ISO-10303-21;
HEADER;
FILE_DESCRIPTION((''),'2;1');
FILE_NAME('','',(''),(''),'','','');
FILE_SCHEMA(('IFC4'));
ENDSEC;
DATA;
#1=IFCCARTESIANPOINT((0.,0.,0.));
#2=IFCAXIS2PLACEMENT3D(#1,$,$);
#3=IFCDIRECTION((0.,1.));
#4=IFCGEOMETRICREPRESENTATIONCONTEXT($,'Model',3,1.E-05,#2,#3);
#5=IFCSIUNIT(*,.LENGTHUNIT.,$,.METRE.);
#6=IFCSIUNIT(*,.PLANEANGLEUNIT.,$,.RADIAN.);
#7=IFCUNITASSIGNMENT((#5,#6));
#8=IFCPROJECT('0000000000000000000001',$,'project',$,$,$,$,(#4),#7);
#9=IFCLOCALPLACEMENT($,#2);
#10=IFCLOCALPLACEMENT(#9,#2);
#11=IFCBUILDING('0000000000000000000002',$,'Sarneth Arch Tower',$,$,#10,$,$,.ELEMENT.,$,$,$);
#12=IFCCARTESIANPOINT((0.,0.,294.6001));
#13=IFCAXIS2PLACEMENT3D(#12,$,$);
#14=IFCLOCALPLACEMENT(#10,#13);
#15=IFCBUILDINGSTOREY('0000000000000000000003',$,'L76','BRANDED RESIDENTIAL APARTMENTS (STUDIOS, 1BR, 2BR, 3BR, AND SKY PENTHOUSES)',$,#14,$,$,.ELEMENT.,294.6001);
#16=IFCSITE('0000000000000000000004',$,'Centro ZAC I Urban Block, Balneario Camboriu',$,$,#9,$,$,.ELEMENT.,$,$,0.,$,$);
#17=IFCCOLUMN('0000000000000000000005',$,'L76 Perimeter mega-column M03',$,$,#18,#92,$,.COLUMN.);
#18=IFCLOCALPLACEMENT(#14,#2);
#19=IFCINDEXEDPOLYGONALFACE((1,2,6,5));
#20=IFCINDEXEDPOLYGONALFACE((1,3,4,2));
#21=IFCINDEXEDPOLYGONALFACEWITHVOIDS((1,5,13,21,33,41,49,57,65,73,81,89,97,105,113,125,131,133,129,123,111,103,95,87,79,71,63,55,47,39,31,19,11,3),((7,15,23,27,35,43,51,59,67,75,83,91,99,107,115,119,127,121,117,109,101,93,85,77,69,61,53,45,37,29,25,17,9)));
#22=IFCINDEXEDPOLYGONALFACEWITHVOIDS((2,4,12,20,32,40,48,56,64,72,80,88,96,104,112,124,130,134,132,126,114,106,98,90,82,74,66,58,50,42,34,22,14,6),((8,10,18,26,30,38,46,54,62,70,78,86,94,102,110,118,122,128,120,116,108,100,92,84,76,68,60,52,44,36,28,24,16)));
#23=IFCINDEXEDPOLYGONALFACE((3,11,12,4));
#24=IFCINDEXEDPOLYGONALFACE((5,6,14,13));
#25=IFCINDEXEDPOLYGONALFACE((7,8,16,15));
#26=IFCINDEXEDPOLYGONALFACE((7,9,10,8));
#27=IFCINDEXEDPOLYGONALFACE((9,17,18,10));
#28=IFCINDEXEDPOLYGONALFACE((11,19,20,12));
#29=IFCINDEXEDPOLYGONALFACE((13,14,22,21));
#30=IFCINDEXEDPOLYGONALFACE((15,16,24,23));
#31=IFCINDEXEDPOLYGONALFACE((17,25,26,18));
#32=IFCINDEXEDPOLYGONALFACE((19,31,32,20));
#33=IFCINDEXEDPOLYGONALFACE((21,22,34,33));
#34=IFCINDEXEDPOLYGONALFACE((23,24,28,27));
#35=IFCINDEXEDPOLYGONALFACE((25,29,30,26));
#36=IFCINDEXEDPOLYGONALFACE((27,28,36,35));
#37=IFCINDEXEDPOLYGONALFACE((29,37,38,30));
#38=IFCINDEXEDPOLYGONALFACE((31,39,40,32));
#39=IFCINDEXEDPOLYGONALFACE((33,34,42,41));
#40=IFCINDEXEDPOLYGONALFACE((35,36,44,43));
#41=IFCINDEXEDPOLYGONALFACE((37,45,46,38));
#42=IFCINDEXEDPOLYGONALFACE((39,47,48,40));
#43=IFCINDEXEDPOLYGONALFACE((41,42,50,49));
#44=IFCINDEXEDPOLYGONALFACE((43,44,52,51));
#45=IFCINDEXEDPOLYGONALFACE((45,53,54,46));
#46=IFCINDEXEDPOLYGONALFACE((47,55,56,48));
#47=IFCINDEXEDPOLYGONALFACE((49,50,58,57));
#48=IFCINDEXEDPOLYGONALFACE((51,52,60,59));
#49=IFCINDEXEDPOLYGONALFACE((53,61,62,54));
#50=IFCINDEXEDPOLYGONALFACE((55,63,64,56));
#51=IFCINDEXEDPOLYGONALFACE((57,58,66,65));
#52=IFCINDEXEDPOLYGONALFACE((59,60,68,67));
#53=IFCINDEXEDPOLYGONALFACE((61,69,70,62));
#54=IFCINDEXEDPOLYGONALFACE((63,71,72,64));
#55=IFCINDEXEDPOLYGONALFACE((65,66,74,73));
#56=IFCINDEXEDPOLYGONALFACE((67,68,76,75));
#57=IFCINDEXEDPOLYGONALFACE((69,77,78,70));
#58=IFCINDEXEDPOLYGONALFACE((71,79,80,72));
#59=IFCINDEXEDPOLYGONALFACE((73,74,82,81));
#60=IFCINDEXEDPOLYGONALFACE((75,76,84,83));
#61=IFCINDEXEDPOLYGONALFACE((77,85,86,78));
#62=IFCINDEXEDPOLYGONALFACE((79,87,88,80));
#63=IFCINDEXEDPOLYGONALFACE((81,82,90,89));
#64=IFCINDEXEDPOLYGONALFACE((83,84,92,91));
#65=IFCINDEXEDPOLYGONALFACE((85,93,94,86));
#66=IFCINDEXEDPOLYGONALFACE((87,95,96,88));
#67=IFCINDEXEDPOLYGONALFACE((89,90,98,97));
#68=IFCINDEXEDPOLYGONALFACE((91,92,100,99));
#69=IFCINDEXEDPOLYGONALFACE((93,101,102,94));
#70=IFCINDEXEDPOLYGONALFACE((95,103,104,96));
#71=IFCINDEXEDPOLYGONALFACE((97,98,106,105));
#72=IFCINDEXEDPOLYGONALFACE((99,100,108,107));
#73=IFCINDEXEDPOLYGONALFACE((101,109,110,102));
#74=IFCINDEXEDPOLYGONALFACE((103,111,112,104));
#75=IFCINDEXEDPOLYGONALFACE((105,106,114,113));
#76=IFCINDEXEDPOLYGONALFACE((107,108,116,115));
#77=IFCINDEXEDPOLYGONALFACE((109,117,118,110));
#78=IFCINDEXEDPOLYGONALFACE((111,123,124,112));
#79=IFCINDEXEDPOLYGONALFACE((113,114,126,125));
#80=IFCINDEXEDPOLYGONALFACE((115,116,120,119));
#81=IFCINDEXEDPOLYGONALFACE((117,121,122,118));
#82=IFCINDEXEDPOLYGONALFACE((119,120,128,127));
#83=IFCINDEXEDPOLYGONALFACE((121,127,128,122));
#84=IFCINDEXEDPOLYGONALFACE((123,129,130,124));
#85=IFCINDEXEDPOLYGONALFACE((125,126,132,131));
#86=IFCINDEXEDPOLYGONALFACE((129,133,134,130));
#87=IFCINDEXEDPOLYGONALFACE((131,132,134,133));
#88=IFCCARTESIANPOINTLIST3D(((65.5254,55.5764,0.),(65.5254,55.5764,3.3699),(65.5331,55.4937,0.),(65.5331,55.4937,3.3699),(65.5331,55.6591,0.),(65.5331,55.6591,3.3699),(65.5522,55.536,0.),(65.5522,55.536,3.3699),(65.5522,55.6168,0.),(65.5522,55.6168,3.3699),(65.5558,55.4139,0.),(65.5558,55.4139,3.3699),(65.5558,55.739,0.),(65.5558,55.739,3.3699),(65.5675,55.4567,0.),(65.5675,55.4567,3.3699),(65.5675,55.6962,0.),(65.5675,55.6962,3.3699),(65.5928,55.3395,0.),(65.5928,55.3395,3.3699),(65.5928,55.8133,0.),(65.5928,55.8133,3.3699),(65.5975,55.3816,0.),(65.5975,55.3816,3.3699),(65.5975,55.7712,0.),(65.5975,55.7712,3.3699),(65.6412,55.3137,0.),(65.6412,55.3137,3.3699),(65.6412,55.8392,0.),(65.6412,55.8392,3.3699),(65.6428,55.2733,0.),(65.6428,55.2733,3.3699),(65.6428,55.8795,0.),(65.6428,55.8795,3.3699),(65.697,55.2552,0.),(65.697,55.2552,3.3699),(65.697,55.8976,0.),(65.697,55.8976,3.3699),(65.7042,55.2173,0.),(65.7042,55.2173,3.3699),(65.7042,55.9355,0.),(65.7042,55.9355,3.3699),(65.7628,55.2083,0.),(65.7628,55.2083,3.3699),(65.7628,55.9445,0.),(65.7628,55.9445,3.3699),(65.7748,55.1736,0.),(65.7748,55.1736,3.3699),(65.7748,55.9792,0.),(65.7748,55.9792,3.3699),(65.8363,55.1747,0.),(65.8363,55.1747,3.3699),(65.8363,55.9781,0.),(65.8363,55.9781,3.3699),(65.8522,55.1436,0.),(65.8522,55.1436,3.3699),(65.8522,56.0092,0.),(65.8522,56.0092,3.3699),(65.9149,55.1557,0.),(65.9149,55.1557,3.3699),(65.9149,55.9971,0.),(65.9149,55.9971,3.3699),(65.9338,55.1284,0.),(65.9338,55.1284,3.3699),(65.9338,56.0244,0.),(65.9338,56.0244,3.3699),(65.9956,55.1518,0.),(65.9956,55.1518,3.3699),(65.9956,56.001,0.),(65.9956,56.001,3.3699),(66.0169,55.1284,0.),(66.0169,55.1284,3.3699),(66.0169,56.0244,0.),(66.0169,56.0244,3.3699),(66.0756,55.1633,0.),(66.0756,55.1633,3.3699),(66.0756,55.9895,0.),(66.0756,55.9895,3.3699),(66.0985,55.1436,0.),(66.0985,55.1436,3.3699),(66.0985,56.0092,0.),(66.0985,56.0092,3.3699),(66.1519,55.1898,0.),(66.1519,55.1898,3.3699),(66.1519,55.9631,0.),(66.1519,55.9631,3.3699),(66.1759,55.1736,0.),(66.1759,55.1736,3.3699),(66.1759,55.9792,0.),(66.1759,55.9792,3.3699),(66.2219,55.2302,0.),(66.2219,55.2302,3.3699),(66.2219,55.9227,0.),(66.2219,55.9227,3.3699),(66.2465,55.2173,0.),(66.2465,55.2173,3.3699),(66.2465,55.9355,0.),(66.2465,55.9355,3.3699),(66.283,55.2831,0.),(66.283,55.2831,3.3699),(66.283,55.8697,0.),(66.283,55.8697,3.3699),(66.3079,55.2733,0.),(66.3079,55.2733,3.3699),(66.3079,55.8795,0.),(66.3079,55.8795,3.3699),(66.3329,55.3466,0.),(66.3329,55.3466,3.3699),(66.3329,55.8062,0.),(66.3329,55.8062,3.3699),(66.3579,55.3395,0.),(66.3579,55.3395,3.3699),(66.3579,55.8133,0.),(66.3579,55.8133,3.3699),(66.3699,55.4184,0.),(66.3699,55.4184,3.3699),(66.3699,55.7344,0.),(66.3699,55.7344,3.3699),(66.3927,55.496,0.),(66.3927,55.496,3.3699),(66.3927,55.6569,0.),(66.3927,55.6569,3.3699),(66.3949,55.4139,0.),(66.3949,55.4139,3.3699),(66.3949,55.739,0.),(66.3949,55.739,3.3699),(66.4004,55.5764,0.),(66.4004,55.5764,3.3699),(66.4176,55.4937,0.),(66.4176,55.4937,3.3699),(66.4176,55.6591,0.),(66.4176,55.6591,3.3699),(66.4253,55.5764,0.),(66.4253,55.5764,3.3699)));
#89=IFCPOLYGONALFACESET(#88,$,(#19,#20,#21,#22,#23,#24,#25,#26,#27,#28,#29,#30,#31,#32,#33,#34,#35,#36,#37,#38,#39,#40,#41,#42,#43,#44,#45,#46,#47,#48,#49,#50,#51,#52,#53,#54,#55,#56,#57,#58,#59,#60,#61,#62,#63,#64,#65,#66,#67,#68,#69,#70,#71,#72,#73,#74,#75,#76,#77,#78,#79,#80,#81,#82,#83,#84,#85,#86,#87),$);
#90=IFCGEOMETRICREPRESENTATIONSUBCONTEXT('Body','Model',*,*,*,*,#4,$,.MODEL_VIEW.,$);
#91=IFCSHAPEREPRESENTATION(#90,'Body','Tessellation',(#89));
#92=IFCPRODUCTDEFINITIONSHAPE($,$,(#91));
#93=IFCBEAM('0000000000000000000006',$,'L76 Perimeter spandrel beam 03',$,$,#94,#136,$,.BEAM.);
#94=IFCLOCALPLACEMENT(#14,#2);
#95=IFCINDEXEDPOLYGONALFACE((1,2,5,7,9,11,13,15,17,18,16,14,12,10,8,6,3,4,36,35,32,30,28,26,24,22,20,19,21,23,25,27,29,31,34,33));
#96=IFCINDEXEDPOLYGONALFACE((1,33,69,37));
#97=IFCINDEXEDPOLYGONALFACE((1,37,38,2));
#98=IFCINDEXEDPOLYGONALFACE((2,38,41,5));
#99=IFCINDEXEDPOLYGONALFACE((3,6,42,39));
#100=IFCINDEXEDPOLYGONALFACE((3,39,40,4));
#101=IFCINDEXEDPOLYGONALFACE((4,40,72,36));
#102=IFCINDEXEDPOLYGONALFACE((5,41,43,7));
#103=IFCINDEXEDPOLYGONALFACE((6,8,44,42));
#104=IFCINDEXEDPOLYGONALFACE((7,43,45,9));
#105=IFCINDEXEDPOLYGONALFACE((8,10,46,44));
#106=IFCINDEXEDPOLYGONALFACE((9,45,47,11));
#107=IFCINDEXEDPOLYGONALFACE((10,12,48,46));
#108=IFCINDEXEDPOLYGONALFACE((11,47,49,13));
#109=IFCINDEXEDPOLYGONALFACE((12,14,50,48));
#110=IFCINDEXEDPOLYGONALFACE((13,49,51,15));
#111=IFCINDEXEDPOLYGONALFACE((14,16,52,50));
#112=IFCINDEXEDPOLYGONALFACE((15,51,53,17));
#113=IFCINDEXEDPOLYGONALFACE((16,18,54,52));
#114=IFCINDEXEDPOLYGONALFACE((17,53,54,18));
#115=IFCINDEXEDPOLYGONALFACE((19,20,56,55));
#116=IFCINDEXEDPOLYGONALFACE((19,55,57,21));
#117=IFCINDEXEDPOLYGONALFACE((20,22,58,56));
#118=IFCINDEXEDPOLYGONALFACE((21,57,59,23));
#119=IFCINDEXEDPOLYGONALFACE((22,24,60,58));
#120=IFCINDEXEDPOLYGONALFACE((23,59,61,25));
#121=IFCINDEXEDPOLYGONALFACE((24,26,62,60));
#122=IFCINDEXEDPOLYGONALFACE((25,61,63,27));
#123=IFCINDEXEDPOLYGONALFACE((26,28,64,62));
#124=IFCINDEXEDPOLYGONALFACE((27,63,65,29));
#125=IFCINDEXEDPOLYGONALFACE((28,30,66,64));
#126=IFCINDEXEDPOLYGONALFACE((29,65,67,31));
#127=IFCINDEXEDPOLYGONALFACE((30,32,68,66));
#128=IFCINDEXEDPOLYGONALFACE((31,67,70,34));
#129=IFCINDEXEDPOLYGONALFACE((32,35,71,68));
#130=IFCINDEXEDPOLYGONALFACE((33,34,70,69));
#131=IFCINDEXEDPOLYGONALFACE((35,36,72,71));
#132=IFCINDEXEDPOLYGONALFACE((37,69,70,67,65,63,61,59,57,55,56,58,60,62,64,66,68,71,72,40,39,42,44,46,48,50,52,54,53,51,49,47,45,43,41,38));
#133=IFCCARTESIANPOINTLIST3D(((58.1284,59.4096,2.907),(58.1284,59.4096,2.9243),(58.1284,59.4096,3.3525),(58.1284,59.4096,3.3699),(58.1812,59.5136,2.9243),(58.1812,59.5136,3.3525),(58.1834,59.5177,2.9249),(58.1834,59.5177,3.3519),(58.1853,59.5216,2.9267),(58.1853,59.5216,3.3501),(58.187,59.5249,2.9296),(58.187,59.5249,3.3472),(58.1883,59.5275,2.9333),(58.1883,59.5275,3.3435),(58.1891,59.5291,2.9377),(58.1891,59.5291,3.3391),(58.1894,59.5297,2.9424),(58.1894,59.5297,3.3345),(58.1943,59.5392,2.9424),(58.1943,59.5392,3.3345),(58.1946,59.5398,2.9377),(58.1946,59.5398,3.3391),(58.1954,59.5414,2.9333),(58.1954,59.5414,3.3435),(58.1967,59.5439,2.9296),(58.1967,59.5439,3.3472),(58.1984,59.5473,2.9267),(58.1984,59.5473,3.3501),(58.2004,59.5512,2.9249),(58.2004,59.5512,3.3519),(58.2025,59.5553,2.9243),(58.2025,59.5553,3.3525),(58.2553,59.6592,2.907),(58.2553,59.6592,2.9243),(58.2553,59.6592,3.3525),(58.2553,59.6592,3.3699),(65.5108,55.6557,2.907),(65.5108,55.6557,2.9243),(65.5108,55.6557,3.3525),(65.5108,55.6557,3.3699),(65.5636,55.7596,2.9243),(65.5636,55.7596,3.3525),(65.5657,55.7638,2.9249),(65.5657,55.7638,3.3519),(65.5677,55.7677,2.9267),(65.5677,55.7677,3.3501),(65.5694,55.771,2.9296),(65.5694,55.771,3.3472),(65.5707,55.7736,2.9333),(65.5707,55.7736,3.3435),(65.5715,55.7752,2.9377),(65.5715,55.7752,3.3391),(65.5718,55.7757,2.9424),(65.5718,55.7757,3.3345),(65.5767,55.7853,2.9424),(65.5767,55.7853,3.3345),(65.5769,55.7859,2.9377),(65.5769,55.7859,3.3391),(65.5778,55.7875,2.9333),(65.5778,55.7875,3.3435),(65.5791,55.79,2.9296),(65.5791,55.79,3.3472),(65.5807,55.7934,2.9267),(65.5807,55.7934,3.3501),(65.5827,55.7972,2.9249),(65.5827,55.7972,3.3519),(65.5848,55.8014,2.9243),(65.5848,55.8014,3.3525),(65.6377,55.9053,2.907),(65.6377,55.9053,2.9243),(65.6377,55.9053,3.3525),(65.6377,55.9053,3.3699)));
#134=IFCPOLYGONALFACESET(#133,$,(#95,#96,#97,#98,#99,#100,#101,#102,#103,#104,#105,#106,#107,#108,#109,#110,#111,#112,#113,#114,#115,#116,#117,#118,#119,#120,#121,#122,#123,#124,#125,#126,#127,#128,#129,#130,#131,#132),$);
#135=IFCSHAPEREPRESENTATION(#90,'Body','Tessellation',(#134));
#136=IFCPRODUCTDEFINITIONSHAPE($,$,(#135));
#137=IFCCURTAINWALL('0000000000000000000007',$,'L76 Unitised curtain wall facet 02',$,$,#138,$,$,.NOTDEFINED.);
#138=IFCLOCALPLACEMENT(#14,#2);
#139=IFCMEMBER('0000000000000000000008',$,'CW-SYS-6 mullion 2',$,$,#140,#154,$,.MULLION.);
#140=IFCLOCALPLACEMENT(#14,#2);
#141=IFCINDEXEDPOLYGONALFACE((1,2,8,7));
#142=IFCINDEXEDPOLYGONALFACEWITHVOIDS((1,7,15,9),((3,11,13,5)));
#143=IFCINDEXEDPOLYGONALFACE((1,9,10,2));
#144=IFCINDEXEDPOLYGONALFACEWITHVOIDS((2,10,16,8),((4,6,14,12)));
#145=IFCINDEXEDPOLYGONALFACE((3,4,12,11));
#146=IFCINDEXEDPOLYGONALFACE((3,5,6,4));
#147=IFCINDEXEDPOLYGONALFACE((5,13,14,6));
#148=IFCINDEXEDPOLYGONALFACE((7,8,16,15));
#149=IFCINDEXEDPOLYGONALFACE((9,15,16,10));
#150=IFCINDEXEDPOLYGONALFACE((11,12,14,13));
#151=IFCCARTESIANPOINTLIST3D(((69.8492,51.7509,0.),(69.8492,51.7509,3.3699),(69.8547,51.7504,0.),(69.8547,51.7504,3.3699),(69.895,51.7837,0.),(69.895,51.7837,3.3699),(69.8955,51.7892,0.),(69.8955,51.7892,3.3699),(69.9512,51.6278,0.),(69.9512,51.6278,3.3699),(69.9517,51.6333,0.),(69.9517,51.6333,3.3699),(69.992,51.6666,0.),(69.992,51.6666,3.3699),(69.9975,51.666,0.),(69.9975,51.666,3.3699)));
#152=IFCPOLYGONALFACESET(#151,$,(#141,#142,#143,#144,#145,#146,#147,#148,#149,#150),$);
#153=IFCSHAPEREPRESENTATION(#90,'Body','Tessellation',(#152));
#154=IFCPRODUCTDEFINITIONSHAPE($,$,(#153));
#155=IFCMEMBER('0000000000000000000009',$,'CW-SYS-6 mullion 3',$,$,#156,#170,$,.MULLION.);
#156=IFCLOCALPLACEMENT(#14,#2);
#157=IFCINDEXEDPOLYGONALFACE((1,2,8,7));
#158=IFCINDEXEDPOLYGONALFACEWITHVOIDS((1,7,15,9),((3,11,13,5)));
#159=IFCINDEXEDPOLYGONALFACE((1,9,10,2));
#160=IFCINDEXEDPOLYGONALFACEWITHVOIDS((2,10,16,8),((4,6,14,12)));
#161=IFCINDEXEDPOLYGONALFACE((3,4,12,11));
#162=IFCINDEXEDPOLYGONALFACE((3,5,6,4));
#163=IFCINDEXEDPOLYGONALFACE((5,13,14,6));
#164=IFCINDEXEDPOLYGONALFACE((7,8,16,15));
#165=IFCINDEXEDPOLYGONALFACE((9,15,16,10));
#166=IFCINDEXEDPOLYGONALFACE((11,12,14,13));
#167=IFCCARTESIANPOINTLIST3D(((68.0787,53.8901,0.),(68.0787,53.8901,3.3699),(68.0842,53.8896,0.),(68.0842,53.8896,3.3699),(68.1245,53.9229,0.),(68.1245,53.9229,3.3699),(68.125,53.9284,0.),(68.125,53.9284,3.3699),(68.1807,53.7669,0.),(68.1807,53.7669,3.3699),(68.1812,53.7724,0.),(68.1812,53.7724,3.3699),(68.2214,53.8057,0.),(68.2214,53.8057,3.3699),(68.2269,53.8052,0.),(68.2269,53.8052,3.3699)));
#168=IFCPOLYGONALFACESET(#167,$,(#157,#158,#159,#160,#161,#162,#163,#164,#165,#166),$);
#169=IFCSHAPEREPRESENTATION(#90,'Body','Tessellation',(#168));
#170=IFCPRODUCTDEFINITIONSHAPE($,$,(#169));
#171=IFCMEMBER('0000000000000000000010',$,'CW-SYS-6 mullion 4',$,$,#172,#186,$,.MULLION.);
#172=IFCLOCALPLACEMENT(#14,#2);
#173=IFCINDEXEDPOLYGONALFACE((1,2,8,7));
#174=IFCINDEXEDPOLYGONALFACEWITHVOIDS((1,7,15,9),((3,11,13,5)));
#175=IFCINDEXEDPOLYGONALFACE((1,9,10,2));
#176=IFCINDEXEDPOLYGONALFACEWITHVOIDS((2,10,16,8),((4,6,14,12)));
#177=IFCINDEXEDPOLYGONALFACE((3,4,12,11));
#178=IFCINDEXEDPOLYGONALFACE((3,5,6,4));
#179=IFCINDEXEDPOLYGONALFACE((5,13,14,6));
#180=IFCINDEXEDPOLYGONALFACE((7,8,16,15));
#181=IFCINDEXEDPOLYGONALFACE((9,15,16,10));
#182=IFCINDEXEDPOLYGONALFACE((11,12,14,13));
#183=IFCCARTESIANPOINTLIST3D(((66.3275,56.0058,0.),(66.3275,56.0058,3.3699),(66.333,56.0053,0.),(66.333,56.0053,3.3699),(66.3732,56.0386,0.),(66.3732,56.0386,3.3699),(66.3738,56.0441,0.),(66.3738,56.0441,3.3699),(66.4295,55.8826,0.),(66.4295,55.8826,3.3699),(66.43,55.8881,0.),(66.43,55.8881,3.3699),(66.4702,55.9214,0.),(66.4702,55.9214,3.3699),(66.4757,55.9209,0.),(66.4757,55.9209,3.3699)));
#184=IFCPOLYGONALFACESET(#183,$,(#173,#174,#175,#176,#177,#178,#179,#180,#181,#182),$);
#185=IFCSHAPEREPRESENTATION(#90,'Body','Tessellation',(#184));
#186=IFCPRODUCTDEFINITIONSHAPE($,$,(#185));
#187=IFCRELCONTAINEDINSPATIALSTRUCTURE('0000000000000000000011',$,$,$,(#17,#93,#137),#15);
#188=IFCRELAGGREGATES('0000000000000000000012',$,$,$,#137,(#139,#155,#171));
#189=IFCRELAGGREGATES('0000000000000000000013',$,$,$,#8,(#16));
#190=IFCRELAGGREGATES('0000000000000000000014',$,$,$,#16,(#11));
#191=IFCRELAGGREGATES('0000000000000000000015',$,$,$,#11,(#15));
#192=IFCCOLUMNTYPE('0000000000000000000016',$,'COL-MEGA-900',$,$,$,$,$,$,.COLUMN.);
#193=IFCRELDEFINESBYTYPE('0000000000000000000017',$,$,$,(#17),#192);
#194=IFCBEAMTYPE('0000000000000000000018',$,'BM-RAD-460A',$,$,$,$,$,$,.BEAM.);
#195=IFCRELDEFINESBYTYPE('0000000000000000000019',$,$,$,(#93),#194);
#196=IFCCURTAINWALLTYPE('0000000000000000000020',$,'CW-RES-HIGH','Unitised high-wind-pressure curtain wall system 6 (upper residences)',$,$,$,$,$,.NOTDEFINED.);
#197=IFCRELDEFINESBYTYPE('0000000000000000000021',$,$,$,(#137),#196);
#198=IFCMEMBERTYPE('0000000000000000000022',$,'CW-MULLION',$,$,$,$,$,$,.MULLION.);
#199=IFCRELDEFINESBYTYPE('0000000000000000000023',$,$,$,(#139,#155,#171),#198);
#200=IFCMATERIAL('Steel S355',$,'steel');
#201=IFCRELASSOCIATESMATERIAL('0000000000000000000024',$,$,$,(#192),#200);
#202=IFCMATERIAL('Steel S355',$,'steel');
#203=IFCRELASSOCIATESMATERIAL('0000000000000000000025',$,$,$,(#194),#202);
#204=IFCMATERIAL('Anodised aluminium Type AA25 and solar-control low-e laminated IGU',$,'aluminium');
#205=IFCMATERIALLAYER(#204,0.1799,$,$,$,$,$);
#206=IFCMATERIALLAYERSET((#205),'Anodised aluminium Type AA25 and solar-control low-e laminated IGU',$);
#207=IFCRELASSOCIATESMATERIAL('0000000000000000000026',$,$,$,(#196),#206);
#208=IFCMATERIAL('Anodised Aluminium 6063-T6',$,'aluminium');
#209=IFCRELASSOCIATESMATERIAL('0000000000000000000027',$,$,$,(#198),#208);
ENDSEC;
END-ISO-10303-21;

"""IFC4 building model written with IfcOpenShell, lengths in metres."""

from ifc_helpers import new_model, si_unit, direction, frame, origin, origin_2d, place, context, subcontext, project, spatial, hollow_rectangle, hollow_circle, i_section, extrude, material, layer, layer_set, material_profile, profile_set, type_object, element, aggregate, save


model = new_model("IFC4")

# Units and contexts
model_context = context("Model", 3, precision=1e-05, world=origin(), true_north=direction((0.0, 1.0)))
body_context = subcontext(model_context, "Body", "Model", "MODEL_VIEW")
ifc_project = project(units=[si_unit("LENGTHUNIT", "METRE"), si_unit("PLANEANGLEUNIT", "RADIAN")], contexts=[model_context])

# Site, building, storey
site_placement = place(None, origin())
site = spatial("IfcSite", under=ifc_project, at=site_placement, Name="Centro ZAC I Urban Block, Balneario Camboriu", CompositionType="ELEMENT", RefElevation=0.0)
building_placement = place(site_placement, origin())
building = spatial("IfcBuilding", under=site, at=building_placement, Name="Sarneth Arch Tower", CompositionType="ELEMENT")
storey_placement = place(building_placement, frame((0.0, 0.0, 294.6001)))
storey = spatial("IfcBuildingStorey", under=building, at=storey_placement, Name="L76", Description="BRANDED RESIDENTIAL APARTMENTS (STUDIOS, 1BR, 2BR, 3BR, AND SKY PENTHOUSES)", CompositionType="ELEMENT", Elevation=294.6001)

# Column
ifc_material_1 = material(Name="Steel S355", Category="steel")
ifc_material_profile_1 = material_profile(ifc_material_1, hollow_circle(Radius=0.45, WallThickness=0.0249, at=origin_2d()), Name="CHS900x25")
ifc_profile_set_1 = profile_set([ifc_material_profile_1], Name="Steel S355")
column_type = type_object("IfcColumnType", Name="COL-MEGA-900", PredefinedType="COLUMN", material=ifc_profile_set_1)
column_placement = place(storey_placement, frame((65.9753, 55.5764, 0.0), z_axis=(0.0, 0.0, 1.0), x_axis=(1.0, 0.0, 0.0)))
element("IfcColumn", 1, at=column_placement, inside=storey, type_object=column_type, Name="L76 Perimeter mega-column M03", PredefinedType="COLUMN", context=body_context, shape_type="SweptSolid", body=[
    extrude(hollow_circle(Radius=0.45, WallThickness=0.0249, at=origin_2d()), origin(), (0.0, 0.0, 1.0), 3.3699),
])

# Beam
ifc_material_2 = material(Name="Steel S355", Category="steel")
ifc_material_profile_2 = material_profile(ifc_material_2, i_section(OverallWidth=0.28, OverallDepth=0.4629, WebThickness=0.0107, FlangeThickness=0.0173, FilletRadius=0.0181, at=origin_2d()), Name="W460x113")
ifc_profile_set_2 = profile_set([ifc_material_profile_2], Name="Steel S355")
beam_type = type_object("IfcBeamType", Name="BM-RAD-460A", PredefinedType="BEAM", material=ifc_profile_set_2)
beam_placement = place(storey_placement, frame((65.5742, 55.7805, 3.1384), z_axis=(-0.891376, 0.453264, 0.0), x_axis=(-0.453264, -0.891376, 0.0)))
element("IfcBeam", 2, at=beam_placement, inside=storey, type_object=beam_type, Name="L76 Perimeter spandrel beam 03", PredefinedType="BEAM", context=body_context, shape_type="SweptSolid", body=[
    extrude(i_section(OverallWidth=0.28, OverallDepth=0.4629, WebThickness=0.0107, FlangeThickness=0.0173, FilletRadius=0.0181, at=origin_2d()), origin(), (0.0, 0.0, 1.0), 8.282),
])

# Curtain wall, members
ifc_material_3 = material(Name="Anodised aluminium Type AA25 and solar-control low-e laminated IGU", Category="aluminium")
ifc_layer_1 = layer(ifc_material_3, 0.1799)
ifc_layer_set_1 = layer_set([ifc_layer_1], Name="Anodised aluminium Type AA25 and solar-control low-e laminated IGU")
curtain_wall_type = type_object("IfcCurtainWallType", Name="CW-RES-HIGH", Description="Unitised high-wind-pressure curtain wall system 6 (upper residences)", PredefinedType="NOTDEFINED", material=ifc_layer_set_1)
curtain_wall_placement = place(storey_placement, origin())
curtain_wall = element("IfcCurtainWall", 3, at=curtain_wall_placement, inside=storey, type_object=curtain_wall_type, Name="L76 Unitised curtain wall facet 02", PredefinedType="NOTDEFINED")
ifc_material_4 = material(Name="Anodised Aluminium 6063-T6", Category="aluminium")
ifc_material_profile_3 = material_profile(ifc_material_4, hollow_rectangle(XDim=0.0601, YDim=0.1599, WallThickness=0.0039, at=origin_2d()), Name="AL-MULL-160x60x4")
ifc_profile_set_3 = profile_set([ifc_material_profile_3], Name="Anodised Aluminium 6063-T6")
member_type_1 = type_object("IfcMemberType", Name="CW-MULLION", PredefinedType="MULLION", material=ifc_profile_set_3)
member_1_placement = place(storey_placement, frame((69.9233, 51.7085, 0.0), z_axis=(0.0, 0.0, 1.0), x_axis=(-0.770359, -0.63761, 0.0)))
member_1 = element("IfcMember", 4, at=member_1_placement, type_object=member_type_1, Name="CW-SYS-6 mullion 2", PredefinedType="MULLION", context=body_context, shape_type="SweptSolid", body=[
    extrude(hollow_rectangle(XDim=0.0601, YDim=0.1599, WallThickness=0.0039, at=origin_2d()), origin(), (0.0, 0.0, 1.0), 3.3699),
])
member_2_placement = place(storey_placement, frame((68.1528, 53.8477, 0.0), z_axis=(0.0, 0.0, 1.0), x_axis=(-0.770359, -0.63761, 0.0)))
member_2 = element("IfcMember", 5, at=member_2_placement, type_object=member_type_1, Name="CW-SYS-6 mullion 3", PredefinedType="MULLION", context=body_context, shape_type="SweptSolid", body=[
    extrude(hollow_rectangle(XDim=0.0601, YDim=0.1599, WallThickness=0.0039, at=origin_2d()), origin(), (0.0, 0.0, 1.0), 3.3699),
])
member_3_placement = place(storey_placement, frame((66.4016, 55.9634, 0.0), z_axis=(0.0, 0.0, 1.0), x_axis=(-0.770359, -0.63761, 0.0)))
member_3 = element("IfcMember", 6, at=member_3_placement, type_object=member_type_1, Name="CW-SYS-6 mullion 4", PredefinedType="MULLION", context=body_context, shape_type="SweptSolid", body=[
    extrude(hollow_rectangle(XDim=0.0601, YDim=0.1599, WallThickness=0.0039, at=origin_2d()), origin(), (0.0, 0.0, 1.0), 3.3699),
])

aggregate(curtain_wall, [member_1, member_2, member_3])

save(model, "model.ifc")
